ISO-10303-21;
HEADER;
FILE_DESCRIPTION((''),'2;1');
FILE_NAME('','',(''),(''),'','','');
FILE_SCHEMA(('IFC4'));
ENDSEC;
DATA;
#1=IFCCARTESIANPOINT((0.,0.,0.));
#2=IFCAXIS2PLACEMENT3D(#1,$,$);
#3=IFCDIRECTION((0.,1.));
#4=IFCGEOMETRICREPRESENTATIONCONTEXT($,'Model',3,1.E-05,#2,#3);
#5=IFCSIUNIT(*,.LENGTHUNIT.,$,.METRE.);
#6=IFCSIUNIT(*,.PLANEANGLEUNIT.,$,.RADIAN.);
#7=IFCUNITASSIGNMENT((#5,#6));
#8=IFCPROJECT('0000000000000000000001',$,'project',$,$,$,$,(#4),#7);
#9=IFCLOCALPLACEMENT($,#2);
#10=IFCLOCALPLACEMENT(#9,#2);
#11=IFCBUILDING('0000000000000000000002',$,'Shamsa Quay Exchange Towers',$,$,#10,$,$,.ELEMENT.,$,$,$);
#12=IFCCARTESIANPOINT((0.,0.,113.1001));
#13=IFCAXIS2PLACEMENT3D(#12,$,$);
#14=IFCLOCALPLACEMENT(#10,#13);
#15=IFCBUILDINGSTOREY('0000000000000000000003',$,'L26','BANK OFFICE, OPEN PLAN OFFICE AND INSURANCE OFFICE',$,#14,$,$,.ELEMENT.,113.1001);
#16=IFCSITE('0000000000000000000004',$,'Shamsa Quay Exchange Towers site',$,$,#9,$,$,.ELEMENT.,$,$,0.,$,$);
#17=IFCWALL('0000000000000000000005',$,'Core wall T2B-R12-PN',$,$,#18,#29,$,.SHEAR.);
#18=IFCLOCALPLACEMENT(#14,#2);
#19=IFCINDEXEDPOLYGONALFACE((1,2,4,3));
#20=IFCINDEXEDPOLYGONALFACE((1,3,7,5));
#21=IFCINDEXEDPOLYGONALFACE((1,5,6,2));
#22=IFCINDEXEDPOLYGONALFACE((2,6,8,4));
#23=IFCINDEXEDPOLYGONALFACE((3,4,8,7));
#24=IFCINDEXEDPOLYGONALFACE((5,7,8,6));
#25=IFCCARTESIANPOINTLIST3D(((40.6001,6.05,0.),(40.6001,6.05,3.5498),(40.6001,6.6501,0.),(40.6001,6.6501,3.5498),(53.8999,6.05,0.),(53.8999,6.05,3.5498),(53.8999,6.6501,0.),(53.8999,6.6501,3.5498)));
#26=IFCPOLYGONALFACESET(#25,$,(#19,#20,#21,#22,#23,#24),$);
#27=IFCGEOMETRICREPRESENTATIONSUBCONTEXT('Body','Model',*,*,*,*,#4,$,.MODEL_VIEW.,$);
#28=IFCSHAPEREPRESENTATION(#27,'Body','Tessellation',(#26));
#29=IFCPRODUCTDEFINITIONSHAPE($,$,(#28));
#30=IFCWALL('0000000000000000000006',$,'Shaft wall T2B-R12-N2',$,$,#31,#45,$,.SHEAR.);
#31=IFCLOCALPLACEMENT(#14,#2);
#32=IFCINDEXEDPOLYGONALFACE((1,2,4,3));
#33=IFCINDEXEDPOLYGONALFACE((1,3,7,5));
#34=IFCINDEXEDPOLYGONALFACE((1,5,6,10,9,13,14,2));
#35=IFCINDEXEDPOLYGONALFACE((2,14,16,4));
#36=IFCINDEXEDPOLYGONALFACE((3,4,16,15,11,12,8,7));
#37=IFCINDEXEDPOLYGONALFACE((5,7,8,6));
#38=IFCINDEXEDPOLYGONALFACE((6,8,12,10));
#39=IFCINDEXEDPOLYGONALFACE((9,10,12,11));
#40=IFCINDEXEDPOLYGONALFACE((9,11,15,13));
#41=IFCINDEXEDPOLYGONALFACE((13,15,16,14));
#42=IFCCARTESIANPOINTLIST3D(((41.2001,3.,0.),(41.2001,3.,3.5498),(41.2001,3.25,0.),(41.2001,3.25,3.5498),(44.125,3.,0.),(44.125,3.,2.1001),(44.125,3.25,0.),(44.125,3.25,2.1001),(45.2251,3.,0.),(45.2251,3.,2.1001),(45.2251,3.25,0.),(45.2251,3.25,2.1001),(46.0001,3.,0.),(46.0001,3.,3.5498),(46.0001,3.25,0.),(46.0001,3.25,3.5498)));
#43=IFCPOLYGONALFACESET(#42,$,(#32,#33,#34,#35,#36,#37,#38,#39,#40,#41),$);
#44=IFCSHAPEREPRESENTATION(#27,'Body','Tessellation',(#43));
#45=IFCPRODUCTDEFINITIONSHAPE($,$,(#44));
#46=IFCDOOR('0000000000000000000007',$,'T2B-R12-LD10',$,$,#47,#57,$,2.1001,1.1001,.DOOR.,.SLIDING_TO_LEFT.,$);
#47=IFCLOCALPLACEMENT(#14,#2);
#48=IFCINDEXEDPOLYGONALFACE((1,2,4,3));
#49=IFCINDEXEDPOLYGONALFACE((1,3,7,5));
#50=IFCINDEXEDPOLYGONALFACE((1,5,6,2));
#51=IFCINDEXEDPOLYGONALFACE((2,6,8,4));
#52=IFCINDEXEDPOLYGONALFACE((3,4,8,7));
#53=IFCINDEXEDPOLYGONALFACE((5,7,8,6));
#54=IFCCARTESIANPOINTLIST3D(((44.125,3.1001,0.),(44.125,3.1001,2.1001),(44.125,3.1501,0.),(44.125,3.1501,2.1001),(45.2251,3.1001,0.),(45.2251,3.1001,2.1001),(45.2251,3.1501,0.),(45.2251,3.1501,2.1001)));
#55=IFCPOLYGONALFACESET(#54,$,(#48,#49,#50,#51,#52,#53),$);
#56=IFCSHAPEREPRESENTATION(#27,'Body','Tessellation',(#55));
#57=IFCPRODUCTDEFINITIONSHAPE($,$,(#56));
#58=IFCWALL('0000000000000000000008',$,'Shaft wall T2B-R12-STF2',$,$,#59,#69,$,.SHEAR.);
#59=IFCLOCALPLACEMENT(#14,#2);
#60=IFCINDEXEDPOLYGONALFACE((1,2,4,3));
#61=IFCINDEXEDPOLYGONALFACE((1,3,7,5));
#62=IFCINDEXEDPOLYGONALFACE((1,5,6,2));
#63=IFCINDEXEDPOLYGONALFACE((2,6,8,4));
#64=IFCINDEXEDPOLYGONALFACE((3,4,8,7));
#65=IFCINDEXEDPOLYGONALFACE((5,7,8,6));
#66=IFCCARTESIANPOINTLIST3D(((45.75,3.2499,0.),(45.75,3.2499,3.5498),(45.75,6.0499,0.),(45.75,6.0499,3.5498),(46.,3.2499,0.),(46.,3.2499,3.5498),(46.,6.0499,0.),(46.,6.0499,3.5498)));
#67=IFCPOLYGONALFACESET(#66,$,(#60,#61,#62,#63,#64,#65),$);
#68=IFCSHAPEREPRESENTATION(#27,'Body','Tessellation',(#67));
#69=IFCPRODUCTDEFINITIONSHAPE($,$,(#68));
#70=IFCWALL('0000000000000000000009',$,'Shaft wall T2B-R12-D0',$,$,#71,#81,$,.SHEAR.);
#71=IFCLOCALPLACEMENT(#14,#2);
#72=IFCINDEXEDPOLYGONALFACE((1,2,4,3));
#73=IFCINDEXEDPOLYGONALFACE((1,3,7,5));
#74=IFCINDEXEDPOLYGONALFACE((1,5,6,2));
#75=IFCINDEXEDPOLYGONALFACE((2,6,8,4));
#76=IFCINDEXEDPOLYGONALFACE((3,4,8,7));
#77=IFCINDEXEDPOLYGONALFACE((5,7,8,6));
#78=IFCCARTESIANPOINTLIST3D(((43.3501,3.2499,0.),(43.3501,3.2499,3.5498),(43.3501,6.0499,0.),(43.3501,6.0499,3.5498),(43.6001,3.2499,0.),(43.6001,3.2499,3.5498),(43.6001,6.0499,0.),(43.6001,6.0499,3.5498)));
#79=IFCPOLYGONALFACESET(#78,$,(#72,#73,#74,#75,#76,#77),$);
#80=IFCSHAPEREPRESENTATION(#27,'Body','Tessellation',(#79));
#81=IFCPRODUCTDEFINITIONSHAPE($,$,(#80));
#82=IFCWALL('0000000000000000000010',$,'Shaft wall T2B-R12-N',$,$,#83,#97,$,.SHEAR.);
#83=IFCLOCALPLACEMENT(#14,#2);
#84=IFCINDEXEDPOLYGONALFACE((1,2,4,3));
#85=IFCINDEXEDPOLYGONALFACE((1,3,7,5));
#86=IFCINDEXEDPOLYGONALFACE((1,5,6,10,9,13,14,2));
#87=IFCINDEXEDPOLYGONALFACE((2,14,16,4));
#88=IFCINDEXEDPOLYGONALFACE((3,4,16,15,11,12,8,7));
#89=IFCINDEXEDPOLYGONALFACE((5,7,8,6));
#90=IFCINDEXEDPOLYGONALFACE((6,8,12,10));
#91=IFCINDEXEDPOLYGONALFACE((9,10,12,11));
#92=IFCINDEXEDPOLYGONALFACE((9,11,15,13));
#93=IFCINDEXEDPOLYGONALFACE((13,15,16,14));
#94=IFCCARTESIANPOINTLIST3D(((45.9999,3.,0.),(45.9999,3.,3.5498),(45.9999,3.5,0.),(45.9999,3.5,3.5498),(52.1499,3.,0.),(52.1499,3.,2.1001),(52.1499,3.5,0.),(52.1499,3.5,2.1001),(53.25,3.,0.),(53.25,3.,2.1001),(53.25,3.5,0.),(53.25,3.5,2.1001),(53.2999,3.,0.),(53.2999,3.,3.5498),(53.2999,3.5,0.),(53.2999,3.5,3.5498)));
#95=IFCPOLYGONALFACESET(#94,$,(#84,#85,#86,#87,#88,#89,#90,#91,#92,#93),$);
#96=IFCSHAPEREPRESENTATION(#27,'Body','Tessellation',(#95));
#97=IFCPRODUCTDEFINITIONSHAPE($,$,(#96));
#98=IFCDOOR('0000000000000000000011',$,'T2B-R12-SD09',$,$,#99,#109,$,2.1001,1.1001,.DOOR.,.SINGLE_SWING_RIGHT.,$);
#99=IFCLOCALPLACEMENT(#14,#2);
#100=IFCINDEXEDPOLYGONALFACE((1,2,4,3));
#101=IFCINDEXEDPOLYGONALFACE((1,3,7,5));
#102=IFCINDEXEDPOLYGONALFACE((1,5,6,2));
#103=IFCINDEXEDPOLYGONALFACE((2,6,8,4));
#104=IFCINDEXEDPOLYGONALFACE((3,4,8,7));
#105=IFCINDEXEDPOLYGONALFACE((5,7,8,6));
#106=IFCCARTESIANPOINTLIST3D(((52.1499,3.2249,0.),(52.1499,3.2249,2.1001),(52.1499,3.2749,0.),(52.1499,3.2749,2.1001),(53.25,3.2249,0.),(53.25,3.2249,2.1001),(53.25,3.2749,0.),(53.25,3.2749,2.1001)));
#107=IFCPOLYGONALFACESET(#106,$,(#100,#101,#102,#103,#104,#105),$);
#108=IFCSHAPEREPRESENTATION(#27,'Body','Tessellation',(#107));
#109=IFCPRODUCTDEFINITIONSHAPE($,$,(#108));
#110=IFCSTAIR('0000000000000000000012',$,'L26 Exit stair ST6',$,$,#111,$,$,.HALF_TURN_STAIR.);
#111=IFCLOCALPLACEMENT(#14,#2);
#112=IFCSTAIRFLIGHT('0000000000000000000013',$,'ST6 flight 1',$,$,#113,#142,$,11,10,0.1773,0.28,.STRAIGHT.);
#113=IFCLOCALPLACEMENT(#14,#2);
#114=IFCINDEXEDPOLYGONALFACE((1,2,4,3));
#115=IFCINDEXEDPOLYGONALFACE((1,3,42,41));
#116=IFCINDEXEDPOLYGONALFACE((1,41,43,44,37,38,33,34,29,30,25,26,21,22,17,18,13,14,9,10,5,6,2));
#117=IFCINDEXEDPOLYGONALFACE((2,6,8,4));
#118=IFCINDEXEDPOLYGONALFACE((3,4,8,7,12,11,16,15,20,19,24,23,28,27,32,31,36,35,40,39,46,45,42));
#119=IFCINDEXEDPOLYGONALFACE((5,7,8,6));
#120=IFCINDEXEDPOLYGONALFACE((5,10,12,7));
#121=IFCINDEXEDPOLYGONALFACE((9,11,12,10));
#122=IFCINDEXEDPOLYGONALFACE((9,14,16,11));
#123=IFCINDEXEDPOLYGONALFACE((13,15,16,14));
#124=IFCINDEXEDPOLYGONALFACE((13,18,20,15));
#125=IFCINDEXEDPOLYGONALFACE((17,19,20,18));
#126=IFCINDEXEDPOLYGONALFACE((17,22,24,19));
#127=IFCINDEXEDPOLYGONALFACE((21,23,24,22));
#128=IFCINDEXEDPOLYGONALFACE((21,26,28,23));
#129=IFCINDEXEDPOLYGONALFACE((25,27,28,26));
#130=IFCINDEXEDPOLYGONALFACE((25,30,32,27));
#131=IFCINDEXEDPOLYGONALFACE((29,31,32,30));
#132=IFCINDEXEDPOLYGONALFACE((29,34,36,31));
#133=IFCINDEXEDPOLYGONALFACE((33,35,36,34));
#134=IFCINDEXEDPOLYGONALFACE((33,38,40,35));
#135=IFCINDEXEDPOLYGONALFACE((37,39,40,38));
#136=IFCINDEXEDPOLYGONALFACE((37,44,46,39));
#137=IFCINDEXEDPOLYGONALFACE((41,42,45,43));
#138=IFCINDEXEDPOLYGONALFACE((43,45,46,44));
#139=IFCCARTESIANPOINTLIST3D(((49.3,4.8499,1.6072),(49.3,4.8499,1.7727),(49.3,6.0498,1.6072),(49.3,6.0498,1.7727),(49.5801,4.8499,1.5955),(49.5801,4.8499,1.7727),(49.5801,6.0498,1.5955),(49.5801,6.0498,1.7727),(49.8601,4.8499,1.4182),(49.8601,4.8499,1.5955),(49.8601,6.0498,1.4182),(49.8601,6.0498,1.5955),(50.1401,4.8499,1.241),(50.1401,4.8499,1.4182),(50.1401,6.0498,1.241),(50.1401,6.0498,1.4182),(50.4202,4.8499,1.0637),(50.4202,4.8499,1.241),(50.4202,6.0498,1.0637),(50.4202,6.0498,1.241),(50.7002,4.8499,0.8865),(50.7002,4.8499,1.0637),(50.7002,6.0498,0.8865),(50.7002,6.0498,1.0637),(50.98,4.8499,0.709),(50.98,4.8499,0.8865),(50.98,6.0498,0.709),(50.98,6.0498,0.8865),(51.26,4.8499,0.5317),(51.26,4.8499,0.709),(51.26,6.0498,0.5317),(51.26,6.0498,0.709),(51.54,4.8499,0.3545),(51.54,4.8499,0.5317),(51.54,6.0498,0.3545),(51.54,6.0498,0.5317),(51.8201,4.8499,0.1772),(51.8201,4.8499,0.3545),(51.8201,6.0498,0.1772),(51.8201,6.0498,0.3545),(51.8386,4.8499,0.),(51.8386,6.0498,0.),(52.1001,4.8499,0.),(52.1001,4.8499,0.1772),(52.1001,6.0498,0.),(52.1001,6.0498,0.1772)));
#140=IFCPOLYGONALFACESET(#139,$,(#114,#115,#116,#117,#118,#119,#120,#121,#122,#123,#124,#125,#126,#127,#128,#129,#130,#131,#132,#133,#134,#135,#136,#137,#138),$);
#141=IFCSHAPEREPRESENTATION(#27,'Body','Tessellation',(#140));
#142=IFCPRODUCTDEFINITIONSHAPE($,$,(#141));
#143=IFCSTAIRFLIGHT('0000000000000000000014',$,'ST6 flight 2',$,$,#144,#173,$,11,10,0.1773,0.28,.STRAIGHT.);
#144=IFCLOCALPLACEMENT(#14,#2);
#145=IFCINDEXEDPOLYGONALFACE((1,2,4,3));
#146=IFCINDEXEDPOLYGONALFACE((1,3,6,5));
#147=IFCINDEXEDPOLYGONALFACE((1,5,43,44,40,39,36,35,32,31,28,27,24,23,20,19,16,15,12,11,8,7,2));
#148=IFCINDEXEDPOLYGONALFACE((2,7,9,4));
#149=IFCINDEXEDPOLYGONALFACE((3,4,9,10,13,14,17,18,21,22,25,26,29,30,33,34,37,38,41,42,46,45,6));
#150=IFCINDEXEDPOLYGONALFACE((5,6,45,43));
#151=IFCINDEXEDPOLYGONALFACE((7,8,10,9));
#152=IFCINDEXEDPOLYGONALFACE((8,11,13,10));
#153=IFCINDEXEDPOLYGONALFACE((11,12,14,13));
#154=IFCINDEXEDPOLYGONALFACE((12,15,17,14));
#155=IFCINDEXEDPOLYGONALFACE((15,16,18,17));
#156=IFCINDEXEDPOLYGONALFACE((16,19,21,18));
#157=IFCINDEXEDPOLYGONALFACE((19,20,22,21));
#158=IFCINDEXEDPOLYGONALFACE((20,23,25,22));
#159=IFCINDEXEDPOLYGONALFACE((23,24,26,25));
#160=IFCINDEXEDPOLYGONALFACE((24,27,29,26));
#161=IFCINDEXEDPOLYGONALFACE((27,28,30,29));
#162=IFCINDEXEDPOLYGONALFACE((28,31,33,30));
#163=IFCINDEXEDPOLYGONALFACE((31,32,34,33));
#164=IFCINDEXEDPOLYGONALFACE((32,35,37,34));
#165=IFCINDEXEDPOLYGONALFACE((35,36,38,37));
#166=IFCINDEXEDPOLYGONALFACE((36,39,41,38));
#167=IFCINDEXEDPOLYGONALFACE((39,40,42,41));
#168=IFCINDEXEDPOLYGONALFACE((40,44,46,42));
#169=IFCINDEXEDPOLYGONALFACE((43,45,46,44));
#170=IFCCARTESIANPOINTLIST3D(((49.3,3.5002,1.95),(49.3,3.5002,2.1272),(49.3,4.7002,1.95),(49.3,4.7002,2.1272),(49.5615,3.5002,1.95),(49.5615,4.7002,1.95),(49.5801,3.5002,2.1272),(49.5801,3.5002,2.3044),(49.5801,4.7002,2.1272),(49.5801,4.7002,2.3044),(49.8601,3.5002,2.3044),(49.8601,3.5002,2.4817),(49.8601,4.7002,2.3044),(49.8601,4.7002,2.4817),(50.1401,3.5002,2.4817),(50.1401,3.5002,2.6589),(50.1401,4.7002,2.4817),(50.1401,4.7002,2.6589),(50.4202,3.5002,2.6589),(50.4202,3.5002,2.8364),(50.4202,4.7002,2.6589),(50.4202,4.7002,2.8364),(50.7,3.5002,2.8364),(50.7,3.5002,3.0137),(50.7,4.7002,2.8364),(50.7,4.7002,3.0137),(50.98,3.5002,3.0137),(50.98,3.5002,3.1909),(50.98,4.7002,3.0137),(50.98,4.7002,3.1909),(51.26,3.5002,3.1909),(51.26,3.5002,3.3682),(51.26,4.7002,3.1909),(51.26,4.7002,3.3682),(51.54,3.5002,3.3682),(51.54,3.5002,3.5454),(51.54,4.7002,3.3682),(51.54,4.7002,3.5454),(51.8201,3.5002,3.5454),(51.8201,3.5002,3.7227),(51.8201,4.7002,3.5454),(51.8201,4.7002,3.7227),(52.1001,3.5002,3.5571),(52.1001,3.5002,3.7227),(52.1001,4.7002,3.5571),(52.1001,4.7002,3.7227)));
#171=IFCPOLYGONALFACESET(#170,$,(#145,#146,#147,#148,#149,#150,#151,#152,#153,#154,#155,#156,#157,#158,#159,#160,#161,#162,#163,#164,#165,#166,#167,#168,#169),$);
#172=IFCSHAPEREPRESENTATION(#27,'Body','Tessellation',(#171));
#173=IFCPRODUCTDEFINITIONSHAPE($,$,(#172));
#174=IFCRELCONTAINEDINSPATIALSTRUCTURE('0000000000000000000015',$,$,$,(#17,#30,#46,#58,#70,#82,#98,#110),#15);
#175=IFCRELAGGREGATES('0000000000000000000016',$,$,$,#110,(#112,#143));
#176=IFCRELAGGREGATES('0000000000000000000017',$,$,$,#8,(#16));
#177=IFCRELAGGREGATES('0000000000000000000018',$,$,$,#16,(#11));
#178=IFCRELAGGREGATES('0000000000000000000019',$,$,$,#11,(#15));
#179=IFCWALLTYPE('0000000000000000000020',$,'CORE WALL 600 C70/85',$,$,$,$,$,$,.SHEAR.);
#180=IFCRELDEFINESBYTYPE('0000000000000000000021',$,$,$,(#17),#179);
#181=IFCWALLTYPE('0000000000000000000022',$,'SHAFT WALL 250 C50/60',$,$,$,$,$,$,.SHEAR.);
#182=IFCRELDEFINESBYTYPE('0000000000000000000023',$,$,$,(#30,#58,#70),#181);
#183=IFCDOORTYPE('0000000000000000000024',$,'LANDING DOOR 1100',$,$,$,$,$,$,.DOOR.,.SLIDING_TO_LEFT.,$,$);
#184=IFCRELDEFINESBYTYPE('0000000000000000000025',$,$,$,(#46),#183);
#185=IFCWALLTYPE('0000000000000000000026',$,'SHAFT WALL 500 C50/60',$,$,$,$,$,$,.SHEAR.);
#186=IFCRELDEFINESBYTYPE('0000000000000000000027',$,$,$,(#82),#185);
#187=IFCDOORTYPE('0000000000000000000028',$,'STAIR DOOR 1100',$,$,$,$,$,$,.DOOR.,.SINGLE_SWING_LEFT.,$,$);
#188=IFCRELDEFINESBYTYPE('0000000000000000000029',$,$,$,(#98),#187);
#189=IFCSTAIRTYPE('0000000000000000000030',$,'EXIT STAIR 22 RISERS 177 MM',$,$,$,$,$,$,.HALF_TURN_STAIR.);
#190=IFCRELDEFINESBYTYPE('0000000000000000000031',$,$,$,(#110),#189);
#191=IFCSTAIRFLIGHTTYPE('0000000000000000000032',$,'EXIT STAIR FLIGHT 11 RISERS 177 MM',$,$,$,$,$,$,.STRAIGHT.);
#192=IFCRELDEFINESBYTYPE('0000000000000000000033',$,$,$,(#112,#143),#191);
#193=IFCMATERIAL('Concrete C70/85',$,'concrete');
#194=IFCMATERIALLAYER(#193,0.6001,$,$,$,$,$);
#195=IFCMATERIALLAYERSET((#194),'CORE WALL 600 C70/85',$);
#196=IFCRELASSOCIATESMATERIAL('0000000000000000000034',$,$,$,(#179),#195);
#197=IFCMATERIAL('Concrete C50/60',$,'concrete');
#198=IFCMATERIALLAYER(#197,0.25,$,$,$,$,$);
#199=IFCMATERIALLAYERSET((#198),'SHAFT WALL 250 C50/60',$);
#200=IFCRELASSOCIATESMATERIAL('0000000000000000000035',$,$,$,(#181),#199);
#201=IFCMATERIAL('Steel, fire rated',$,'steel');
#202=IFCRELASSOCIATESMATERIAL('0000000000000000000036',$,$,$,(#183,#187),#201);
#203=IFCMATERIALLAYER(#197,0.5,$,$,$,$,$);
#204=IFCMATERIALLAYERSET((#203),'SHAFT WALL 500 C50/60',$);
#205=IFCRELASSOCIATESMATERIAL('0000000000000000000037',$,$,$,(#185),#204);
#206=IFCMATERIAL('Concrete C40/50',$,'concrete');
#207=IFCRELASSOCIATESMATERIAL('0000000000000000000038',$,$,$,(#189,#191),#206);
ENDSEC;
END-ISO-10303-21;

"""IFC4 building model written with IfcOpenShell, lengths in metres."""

from ifc_helpers import new_model, si_unit, direction, frame, frame_2d, origin, place, context, subcontext, project, spatial, polyline, rectangle, outline, extrude, material, layer, layer_set, type_object, element, fill, aggregate, save


model = new_model("IFC4")

# Units and contexts
model_context = context("Model", 3, precision=1e-05, world=origin(), true_north=direction((0.0, 1.0)))
body_context = subcontext(model_context, "Body", "Model", "MODEL_VIEW")
ifc_project = project(units=[si_unit("LENGTHUNIT", "METRE"), si_unit("PLANEANGLEUNIT", "RADIAN")], contexts=[model_context])

# Site, building, storey
site_placement = place(None, origin())
site = spatial("IfcSite", under=ifc_project, at=site_placement, Name="Shamsa Quay Exchange Towers site", CompositionType="ELEMENT", RefElevation=0.0)
building_placement = place(site_placement, origin())
building = spatial("IfcBuilding", under=site, at=building_placement, Name="Shamsa Quay Exchange Towers", CompositionType="ELEMENT")
storey_placement = place(building_placement, frame((0.0, 0.0, 113.1001)))
storey = spatial("IfcBuildingStorey", under=building, at=storey_placement, Name="L26", Description="BANK OFFICE, OPEN PLAN OFFICE AND INSURANCE OFFICE", CompositionType="ELEMENT", Elevation=113.1001)

# Wall
ifc_material_1 = material(Name="Concrete C70/85", Category="concrete")
ifc_layer_1 = layer(ifc_material_1, 0.6001)
ifc_layer_set_1 = layer_set([ifc_layer_1], Name="CORE WALL 600 C70/85")
wall_type_1 = type_object("IfcWallType", Name="CORE WALL 600 C70/85", PredefinedType="SHEAR", material=ifc_layer_set_1)
wall_1_placement = place(storey_placement, frame((53.8999, 6.3501, 0.0), z_axis=(0.0, 0.0, 1.0), x_axis=(-1.0, 0.0, 0.0)))
element("IfcWall", 1, at=wall_1_placement, inside=storey, type_object=wall_type_1, Name="Core wall T2B-R12-PN", PredefinedType="SHEAR", context=body_context, shape_type="SweptSolid", body=[
    extrude(rectangle(XDim=13.2998, YDim=0.6001, at=frame_2d((6.6499, 0.0))), origin(), (0.0, 0.0, 1.0), 3.5498),
])

# Wall, opening, door
ifc_material_2 = material(Name="Concrete C50/60", Category="concrete")
ifc_layer_2 = layer(ifc_material_2, 0.25)
ifc_layer_set_2 = layer_set([ifc_layer_2], Name="SHAFT WALL 250 C50/60")
wall_type_2 = type_object("IfcWallType", Name="SHAFT WALL 250 C50/60", PredefinedType="SHEAR", material=ifc_layer_set_2)
wall_2_placement = place(storey_placement, frame((46.0, 3.125, 0.0), z_axis=(0.0, 0.0, 1.0), x_axis=(-1.0, 0.0, 0.0)))
wall_2 = element("IfcWall", 2, at=wall_2_placement, inside=storey, type_object=wall_type_2, Name="Shaft wall T2B-R12-N2", PredefinedType="SHEAR", context=body_context, shape_type="SweptSolid", body=[
    extrude(rectangle(XDim=4.8, YDim=0.25, at=frame_2d((2.3999, 0.0))), origin(), (0.0, 0.0, 1.0), 3.5498),
])
opening_1_placement = place(wall_2_placement, frame((0.7749, 0.0, 0.0)))
opening_1 = element("IfcOpeningElement", 3, at=opening_1_placement, cuts=wall_2, PredefinedType="OPENING", context=body_context, shape_type="SweptSolid", body=[
    extrude(rectangle(XDim=1.1001, YDim=2.1001, at=frame_2d((0.55, 1.05))), frame((0.0, 0.135, 0.0), z_axis=(0.0, -1.0, 0.0), x_axis=(1.0, 0.0, 0.0)), (0.0, 0.0, 1.0), 0.27),
])
ifc_material_3 = material(Name="Steel, fire rated", Category="steel")
door_type_1 = type_object("IfcDoorType", Name="LANDING DOOR 1100", OperationType="SLIDING_TO_LEFT", PredefinedType="DOOR", material=ifc_material_3)
door_1_placement = place(opening_1_placement, origin())
door_1 = element("IfcDoor", 4, at=door_1_placement, inside=storey, type_object=door_type_1, Name="T2B-R12-LD10", OperationType="SLIDING_TO_LEFT", OverallHeight=2.1001, OverallWidth=1.1001, PredefinedType="DOOR", context=body_context, shape_type="SweptSolid", body=[
    extrude(rectangle(XDim=1.1001, YDim=2.1001, at=frame_2d((0.55, 1.05))), frame((0.0, 0.0249, 0.0), z_axis=(0.0, -1.0, 0.0), x_axis=(1.0, 0.0, 0.0)), (0.0, 0.0, 1.0), 0.05),
])
fill(opening_1, door_1)

# Walls
for number, where, z_axis, x_axis, name in (
    (5, (45.875, 3.25, 0.0), (0.0, 0.0, 1.0), (0.0, 1.0, 0.0), "Shaft wall T2B-R12-STF2"),
    (6, (43.4751, 3.25, 0.0), (0.0, 0.0, 1.0), (0.0, 1.0, 0.0), "Shaft wall T2B-R12-D0"),
):
    element("IfcWall", number, at=place(storey_placement, frame(where, z_axis=z_axis, x_axis=x_axis)), inside=storey, type_object=wall_type_2, Name=name, PredefinedType="SHEAR", context=body_context, shape_type="SweptSolid", body=[
        extrude(rectangle(XDim=2.8, YDim=0.25, at=frame_2d((1.3999, 0.0))), origin(), (0.0, 0.0, 1.0), 3.5498),
    ])

# Wall, opening, door
ifc_layer_3 = layer(ifc_material_2, 0.5)
ifc_layer_set_3 = layer_set([ifc_layer_3], Name="SHAFT WALL 500 C50/60")
wall_type_3 = type_object("IfcWallType", Name="SHAFT WALL 500 C50/60", PredefinedType="SHEAR", material=ifc_layer_set_3)
wall_3_placement = place(storey_placement, frame((46.0, 3.25, 0.0)))
wall_3 = element("IfcWall", 7, at=wall_3_placement, inside=storey, type_object=wall_type_3, Name="Shaft wall T2B-R12-N", PredefinedType="SHEAR", context=body_context, shape_type="SweptSolid", body=[
    extrude(rectangle(XDim=7.3, YDim=0.5, at=frame_2d((3.6499, 0.0))), origin(), (0.0, 0.0, 1.0), 3.5498),
])
opening_2_placement = place(wall_3_placement, frame((6.1499, 0.0, 0.0)))
opening_2 = element("IfcOpeningElement", 8, at=opening_2_placement, cuts=wall_3, PredefinedType="OPENING", context=body_context, shape_type="SweptSolid", body=[
    extrude(rectangle(XDim=1.1001, YDim=2.1001, at=frame_2d((0.55, 1.05))), frame((0.0, 0.26, 0.0), z_axis=(0.0, -1.0, 0.0), x_axis=(1.0, 0.0, 0.0)), (0.0, 0.0, 1.0), 0.52),
])
door_type_2 = type_object("IfcDoorType", Name="STAIR DOOR 1100", OperationType="SINGLE_SWING_LEFT", PredefinedType="DOOR", material=ifc_material_3)
door_2_placement = place(opening_2_placement, origin())
door_2 = element("IfcDoor", 9, at=door_2_placement, inside=storey, type_object=door_type_2, Name="T2B-R12-SD09", OperationType="SINGLE_SWING_RIGHT", OverallHeight=2.1001, OverallWidth=1.1001, PredefinedType="DOOR", context=body_context, shape_type="SweptSolid", body=[
    extrude(rectangle(XDim=1.1001, YDim=2.1001, at=frame_2d((0.55, 1.05))), frame((0.0, 0.0249, 0.0), z_axis=(0.0, -1.0, 0.0), x_axis=(1.0, 0.0, 0.0)), (0.0, 0.0, 1.0), 0.05),
])
fill(opening_2, door_2)

# Stair, stair flights
ifc_material_4 = material(Name="Concrete C40/50", Category="concrete")
stair_type = type_object("IfcStairType", Name="EXIT STAIR 22 RISERS 177 MM", PredefinedType="HALF_TURN_STAIR", material=ifc_material_4)
stair_placement = place(storey_placement, origin())
stair = element("IfcStair", 10, at=stair_placement, inside=storey, type_object=stair_type, Name="L26 Exit stair ST6", PredefinedType="HALF_TURN_STAIR")
stair_flight_type = type_object("IfcStairFlightType", Name="EXIT STAIR FLIGHT 11 RISERS 177 MM", PredefinedType="STRAIGHT", material=ifc_material_4)
stair_flight_1_placement = place(storey_placement, frame((52.1001, 5.45, 0.0), z_axis=(0.0, 0.0, 1.0), x_axis=(-1.0, 0.0, 0.0)))
stair_flight_1 = element("IfcStairFlight", 11, at=stair_flight_1_placement, type_object=stair_flight_type, Name="ST6 flight 1", NumberOfRisers=11, NumberOfTreads=10, PredefinedType="STRAIGHT", RiserHeight=0.1773, TreadLength=0.28, context=body_context, shape_type="SweptSolid", body=[
    extrude(outline(polyline([(0.0, 0.0), (0.0, 0.1772), (0.28, 0.1772), (0.28, 0.3545), (0.5601, 0.3545), (0.5601, 0.5317), (0.8401, 0.5317), (0.8401, 0.709), (1.1201, 0.709), (1.1201, 0.8865), (1.3999, 0.8865), (1.3999, 1.0637), (1.6799, 1.0637), (1.6799, 1.241), (1.96, 1.241), (1.96, 1.4182), (2.24, 1.4182), (2.24, 1.5955), (2.52, 1.5955), (2.52, 1.7727), (2.8, 1.7727), (2.8, 1.95), (2.8, 1.6072), (0.2615, 0.0), (0.0, 0.0)])), frame((0.0, 0.6001, 0.0), z_axis=(0.0, -1.0, 0.0), x_axis=(1.0, 0.0, 0.0)), (0.0, 0.0, 1.0), 1.2),
])
stair_flight_2_placement = place(storey_placement, frame((49.3, 4.1001, 1.95)))
stair_flight_2 = element("IfcStairFlight", 12, at=stair_flight_2_placement, type_object=stair_flight_type, Name="ST6 flight 2", NumberOfRisers=11, NumberOfTreads=10, PredefinedType="STRAIGHT", RiserHeight=0.1773, TreadLength=0.28, context=body_context, shape_type="SweptSolid", body=[
    extrude(outline(polyline([(0.0, 0.0), (0.0, 0.1772), (0.28, 0.1772), (0.28, 0.3545), (0.5601, 0.3545), (0.5601, 0.5317), (0.8401, 0.5317), (0.8401, 0.709), (1.1201, 0.709), (1.1201, 0.8865), (1.3999, 0.8865), (1.3999, 1.0637), (1.6799, 1.0637), (1.6799, 1.241), (1.96, 1.241), (1.96, 1.4182), (2.24, 1.4182), (2.24, 1.5955), (2.52, 1.5955), (2.52, 1.7727), (2.8, 1.7727), (2.8, 1.95), (2.8, 1.6072), (0.2615, 0.0), (0.0, 0.0)])), frame((0.0, 0.6001, 0.0), z_axis=(0.0, -1.0, 0.0), x_axis=(1.0, 0.0, 0.0)), (0.0, 0.0, 1.0), 1.2),
])
aggregate(stair, [stair_flight_1, stair_flight_2])

save(model, "model.ifc")
